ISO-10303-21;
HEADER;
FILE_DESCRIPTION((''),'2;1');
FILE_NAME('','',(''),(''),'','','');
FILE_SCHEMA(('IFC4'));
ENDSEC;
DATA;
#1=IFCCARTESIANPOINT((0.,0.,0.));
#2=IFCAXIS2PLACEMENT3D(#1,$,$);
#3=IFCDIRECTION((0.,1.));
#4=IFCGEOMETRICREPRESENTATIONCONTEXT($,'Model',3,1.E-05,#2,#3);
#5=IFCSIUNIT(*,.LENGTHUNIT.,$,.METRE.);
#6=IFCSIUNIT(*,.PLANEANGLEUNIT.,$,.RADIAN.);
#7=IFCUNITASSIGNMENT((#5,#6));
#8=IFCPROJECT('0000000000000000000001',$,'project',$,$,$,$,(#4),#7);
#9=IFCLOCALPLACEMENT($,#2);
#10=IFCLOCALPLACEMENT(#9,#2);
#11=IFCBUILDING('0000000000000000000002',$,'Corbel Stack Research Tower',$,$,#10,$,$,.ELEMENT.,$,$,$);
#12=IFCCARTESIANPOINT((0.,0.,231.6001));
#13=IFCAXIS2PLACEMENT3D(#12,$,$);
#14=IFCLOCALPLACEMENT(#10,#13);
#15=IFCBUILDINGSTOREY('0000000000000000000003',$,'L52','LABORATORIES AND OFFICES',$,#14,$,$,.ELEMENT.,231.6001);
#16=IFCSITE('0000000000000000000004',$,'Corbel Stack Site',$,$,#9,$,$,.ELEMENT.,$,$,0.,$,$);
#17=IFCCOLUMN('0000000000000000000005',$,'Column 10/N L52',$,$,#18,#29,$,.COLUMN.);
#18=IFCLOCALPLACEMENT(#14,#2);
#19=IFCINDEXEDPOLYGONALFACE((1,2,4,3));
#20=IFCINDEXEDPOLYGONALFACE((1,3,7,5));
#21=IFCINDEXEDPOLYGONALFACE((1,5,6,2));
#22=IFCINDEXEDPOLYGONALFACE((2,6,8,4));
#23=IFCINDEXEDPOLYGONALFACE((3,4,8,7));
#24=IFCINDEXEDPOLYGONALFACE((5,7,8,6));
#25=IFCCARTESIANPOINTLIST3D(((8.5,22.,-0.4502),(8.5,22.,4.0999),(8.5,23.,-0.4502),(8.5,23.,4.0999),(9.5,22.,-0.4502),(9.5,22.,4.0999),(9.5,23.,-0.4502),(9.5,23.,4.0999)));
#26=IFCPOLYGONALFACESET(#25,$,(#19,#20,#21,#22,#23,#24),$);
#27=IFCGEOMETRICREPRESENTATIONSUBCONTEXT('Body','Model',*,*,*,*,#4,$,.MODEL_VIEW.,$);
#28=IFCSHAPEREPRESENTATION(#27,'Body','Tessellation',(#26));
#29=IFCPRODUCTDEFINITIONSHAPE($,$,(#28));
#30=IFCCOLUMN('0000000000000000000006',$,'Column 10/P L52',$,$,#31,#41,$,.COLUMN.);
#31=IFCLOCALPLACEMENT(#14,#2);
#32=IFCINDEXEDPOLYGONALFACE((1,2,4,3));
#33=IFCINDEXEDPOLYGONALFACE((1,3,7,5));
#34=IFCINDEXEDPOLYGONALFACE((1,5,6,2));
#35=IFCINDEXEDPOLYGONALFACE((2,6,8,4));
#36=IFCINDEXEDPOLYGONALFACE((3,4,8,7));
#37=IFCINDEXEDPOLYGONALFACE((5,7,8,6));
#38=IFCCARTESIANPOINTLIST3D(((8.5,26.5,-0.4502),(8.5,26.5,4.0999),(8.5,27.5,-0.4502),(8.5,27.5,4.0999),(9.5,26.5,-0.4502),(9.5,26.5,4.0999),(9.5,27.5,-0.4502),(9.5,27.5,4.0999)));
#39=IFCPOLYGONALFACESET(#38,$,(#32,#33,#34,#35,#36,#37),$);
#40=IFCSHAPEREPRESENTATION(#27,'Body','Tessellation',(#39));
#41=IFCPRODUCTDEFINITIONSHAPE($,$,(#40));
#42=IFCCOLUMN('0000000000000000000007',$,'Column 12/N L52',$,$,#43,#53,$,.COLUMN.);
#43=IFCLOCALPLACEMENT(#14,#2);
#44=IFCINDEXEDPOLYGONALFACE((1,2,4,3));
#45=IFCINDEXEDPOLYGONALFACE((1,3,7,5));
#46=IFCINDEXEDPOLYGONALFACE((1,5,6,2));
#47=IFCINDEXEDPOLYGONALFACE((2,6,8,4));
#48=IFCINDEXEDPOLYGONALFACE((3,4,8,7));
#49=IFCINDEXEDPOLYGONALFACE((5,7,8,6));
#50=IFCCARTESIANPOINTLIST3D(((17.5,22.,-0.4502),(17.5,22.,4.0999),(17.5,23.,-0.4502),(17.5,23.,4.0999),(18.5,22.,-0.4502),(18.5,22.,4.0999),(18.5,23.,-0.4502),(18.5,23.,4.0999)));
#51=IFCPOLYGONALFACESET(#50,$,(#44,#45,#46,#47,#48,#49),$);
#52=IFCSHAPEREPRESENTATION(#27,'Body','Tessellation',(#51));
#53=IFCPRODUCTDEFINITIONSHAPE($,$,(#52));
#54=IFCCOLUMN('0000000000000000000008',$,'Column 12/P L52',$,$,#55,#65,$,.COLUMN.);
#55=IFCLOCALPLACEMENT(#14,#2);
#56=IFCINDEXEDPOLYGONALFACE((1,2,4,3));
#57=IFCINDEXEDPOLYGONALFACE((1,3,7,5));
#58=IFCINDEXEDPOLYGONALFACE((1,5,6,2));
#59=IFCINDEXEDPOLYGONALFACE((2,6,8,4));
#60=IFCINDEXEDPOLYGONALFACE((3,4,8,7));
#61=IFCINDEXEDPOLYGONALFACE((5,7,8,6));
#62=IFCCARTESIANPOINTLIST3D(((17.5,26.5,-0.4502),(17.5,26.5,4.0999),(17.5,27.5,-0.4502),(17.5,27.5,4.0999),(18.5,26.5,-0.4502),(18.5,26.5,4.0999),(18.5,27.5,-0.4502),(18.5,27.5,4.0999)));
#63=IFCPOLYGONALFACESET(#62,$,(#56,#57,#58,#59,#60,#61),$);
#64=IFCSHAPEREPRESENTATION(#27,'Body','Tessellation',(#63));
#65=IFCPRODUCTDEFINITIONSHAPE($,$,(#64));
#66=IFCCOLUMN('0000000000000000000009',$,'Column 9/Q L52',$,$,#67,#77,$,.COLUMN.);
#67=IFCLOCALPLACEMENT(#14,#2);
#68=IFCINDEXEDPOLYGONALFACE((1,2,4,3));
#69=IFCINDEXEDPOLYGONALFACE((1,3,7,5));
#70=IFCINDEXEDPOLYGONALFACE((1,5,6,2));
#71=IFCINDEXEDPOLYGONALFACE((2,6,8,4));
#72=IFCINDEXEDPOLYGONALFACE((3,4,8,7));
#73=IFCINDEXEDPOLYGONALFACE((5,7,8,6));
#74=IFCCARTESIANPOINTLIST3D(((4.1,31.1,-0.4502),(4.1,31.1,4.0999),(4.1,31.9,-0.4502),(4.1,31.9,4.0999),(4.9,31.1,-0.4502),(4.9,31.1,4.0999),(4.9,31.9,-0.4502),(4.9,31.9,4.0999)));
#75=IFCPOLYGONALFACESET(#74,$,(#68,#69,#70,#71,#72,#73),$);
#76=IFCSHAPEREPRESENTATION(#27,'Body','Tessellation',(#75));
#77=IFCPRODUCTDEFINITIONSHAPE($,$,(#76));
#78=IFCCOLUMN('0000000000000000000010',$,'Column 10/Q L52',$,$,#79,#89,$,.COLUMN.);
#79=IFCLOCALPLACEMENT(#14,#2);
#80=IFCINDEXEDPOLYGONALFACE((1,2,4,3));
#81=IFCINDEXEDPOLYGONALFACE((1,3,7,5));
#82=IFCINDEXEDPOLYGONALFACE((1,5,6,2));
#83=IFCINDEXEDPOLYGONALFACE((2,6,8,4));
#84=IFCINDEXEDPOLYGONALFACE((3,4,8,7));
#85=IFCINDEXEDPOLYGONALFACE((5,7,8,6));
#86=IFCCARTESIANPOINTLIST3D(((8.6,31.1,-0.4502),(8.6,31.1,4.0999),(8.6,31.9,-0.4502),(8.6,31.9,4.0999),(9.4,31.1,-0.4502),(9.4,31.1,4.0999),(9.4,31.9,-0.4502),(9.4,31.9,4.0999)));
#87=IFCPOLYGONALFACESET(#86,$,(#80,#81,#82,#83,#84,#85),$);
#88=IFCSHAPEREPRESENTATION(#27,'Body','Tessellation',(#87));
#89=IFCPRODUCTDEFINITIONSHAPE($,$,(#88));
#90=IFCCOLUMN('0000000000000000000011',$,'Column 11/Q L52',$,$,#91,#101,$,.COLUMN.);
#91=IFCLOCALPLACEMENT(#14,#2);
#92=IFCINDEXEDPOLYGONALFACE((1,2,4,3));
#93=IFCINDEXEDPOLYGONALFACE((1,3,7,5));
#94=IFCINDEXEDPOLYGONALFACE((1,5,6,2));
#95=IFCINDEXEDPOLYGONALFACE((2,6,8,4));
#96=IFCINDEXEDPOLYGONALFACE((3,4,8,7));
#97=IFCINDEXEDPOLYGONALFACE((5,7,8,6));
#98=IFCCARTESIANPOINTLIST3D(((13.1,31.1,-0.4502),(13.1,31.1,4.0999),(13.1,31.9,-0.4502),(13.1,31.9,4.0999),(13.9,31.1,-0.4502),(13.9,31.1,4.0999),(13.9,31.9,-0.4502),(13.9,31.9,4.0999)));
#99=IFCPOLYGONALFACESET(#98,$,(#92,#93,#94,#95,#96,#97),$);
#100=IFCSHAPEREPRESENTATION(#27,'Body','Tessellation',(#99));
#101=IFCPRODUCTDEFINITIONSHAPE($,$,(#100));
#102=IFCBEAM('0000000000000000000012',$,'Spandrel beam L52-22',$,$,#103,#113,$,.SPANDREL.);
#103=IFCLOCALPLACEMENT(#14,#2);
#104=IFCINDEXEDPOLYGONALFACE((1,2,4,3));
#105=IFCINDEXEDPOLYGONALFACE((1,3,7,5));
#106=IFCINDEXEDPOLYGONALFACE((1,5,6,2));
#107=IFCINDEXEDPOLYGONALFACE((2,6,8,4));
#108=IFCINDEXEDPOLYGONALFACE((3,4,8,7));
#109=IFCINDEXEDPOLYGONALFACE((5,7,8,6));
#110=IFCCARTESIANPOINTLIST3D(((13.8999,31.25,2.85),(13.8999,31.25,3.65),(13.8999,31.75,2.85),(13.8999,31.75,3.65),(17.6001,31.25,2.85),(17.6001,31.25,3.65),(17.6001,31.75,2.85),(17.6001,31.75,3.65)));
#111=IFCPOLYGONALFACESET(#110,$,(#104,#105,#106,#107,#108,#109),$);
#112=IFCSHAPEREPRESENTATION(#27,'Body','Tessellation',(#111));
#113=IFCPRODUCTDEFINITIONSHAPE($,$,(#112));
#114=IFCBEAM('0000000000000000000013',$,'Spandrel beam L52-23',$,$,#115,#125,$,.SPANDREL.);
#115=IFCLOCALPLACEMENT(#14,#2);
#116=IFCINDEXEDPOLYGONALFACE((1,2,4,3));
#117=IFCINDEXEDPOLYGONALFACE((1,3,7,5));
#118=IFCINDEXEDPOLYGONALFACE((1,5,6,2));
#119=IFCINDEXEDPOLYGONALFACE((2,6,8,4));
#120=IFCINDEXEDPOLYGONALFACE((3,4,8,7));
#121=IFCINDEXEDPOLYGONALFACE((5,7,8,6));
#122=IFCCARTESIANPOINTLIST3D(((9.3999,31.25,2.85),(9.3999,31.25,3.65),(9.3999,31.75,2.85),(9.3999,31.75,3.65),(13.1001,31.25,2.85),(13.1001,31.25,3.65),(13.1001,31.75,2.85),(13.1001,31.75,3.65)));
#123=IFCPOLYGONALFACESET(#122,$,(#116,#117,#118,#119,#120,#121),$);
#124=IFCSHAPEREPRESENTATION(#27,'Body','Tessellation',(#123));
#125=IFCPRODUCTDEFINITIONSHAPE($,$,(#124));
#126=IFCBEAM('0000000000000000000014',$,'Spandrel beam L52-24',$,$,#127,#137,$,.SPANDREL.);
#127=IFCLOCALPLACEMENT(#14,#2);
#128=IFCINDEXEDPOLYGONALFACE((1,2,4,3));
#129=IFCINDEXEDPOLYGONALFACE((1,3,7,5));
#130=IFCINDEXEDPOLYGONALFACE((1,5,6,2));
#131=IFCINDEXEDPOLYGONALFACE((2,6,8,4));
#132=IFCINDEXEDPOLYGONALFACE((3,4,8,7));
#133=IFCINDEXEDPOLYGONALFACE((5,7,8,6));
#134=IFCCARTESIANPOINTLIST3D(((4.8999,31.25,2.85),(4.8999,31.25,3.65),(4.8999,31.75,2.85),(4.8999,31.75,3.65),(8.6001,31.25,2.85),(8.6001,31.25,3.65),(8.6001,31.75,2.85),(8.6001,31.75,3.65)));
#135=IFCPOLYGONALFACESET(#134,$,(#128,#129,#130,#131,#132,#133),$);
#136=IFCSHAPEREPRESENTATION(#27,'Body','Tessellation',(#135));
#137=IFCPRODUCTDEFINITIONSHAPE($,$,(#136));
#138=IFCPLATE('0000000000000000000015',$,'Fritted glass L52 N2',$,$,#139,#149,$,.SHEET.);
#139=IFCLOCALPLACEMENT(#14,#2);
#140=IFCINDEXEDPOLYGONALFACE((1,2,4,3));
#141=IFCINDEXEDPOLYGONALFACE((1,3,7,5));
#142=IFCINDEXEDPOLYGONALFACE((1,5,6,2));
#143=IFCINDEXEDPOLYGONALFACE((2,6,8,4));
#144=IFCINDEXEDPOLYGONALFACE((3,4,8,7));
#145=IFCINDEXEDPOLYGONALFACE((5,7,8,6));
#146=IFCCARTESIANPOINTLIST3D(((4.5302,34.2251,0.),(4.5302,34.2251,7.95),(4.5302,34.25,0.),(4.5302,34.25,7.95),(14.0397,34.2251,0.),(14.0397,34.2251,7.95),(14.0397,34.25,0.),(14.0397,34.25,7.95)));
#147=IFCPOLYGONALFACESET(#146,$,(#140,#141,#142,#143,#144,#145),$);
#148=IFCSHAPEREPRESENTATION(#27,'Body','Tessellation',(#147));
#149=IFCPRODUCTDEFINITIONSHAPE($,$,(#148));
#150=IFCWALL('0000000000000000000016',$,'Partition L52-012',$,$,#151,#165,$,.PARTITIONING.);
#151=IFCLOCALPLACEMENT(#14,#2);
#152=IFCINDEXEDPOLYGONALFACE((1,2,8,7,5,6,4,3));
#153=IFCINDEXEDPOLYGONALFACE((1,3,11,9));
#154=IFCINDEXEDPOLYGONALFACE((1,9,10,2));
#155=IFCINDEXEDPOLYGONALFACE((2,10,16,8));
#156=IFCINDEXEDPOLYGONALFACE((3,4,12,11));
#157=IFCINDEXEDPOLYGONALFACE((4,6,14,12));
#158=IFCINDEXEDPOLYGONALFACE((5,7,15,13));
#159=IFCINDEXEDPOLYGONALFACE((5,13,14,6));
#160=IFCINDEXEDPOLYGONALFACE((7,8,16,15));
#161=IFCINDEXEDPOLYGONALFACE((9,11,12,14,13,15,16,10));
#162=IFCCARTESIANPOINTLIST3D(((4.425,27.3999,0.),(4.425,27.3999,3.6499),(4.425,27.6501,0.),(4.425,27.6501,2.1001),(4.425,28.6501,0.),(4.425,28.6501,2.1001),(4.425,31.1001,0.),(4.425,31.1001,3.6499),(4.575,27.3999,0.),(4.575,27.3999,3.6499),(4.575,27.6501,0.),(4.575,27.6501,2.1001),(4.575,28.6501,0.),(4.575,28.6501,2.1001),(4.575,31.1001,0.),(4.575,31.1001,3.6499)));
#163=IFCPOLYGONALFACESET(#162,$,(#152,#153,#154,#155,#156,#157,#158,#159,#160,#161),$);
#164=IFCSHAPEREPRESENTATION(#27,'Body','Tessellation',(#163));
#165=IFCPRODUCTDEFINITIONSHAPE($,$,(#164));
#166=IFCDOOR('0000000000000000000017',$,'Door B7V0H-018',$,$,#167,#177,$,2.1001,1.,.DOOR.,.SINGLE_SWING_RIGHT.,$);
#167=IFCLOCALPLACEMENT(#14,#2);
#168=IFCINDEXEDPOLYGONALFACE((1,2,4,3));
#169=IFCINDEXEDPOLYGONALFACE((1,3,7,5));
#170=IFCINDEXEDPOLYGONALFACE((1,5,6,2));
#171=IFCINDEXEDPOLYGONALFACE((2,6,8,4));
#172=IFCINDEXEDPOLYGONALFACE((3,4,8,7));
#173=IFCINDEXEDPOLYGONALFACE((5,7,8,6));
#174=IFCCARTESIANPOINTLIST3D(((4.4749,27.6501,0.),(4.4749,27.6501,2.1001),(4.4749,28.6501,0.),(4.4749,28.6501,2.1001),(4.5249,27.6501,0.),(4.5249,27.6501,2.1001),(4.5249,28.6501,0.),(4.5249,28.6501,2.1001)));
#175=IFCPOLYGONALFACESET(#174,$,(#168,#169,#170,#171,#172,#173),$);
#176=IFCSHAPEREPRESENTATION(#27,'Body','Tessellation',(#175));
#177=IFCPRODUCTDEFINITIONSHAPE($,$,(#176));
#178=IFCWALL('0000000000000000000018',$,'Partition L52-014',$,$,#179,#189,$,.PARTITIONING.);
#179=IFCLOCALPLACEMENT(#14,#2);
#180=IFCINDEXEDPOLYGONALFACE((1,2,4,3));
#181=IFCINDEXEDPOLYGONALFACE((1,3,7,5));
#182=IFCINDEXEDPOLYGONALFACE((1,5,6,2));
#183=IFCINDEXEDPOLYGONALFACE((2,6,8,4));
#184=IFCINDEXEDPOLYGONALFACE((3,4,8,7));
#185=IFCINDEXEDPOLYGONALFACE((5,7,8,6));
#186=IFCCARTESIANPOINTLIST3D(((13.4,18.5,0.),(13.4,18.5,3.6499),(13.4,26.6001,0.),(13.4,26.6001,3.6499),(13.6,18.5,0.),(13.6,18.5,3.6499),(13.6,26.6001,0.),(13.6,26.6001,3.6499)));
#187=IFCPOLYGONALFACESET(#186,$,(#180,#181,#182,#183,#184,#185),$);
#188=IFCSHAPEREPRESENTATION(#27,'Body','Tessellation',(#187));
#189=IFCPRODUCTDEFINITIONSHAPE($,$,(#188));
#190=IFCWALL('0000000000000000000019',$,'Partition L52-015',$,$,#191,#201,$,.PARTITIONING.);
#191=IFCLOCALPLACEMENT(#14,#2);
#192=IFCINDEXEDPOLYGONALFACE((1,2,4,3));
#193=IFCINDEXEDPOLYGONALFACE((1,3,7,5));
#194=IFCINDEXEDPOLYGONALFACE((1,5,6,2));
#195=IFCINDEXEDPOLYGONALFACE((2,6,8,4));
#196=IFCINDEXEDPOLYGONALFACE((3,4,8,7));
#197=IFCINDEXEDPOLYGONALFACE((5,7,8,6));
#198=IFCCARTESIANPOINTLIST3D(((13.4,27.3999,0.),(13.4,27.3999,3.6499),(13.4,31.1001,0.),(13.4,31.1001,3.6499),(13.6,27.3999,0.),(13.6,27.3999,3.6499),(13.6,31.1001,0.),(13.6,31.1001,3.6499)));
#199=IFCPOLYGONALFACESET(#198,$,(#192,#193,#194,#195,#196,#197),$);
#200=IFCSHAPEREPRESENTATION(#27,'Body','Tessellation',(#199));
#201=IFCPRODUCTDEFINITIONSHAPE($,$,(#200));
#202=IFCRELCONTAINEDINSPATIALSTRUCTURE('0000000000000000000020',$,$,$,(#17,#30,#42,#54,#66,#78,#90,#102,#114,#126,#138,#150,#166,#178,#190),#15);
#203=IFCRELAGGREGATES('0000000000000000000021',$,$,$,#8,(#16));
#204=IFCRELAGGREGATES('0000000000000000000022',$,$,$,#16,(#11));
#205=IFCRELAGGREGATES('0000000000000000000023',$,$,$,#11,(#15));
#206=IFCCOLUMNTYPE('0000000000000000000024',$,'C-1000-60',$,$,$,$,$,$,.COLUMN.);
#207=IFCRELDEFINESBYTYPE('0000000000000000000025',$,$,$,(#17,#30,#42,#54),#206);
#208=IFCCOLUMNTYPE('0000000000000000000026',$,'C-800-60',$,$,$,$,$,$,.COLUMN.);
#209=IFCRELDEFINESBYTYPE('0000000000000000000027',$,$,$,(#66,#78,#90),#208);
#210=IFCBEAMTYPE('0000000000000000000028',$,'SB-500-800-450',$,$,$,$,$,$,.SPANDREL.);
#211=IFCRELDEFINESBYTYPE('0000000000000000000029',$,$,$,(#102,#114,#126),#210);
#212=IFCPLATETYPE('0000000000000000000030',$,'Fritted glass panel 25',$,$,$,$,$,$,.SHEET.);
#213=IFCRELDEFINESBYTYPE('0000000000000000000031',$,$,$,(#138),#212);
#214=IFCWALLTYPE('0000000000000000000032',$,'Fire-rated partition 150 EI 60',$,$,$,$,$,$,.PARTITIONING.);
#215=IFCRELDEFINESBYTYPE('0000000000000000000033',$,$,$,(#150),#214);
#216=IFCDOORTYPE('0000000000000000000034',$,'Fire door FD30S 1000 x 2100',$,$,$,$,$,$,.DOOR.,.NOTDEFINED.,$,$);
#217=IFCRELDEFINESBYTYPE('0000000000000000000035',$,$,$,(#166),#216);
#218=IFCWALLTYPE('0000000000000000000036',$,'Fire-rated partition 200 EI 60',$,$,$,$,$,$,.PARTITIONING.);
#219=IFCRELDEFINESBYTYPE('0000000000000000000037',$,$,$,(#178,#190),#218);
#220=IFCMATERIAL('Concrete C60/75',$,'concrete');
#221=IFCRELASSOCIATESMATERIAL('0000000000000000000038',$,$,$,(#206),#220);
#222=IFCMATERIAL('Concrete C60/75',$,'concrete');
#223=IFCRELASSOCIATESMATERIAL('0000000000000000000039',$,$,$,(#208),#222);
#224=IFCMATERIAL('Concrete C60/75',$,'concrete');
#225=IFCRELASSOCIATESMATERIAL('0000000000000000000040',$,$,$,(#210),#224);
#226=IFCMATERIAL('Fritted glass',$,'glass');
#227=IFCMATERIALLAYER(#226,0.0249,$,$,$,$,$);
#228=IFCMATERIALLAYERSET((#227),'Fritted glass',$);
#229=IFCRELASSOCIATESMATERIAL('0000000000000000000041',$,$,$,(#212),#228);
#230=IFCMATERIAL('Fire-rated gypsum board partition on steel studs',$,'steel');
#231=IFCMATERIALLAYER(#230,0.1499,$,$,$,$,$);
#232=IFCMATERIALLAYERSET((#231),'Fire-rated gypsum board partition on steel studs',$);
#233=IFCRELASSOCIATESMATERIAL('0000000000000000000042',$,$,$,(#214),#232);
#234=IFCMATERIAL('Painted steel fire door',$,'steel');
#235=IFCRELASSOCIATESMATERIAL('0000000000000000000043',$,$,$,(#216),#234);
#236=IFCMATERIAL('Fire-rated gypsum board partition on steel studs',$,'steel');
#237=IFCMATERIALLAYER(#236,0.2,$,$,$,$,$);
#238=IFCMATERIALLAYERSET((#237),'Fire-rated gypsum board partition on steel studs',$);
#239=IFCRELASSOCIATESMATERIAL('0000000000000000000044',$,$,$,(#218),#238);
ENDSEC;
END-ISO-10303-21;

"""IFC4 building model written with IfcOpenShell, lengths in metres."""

from ifc_helpers import new_model, si_unit, direction, frame, frame_2d, origin, origin_2d, place, context, subcontext, project, spatial, rectangle, extrude, material, layer, layer_set, material_profile, profile_set, type_object, element, fill, save


model = new_model("IFC4")

# Units and contexts
model_context = context("Model", 3, precision=1e-05, world=origin(), true_north=direction((0.0, 1.0)))
body_context = subcontext(model_context, "Body", "Model", "MODEL_VIEW")
ifc_project = project(units=[si_unit("LENGTHUNIT", "METRE"), si_unit("PLANEANGLEUNIT", "RADIAN")], contexts=[model_context])

# Site, building, storey
site_placement = place(None, origin())
site = spatial("IfcSite", under=ifc_project, at=site_placement, Name="Corbel Stack Site", CompositionType="ELEMENT", RefElevation=0.0)
building_placement = place(site_placement, origin())
building = spatial("IfcBuilding", under=site, at=building_placement, Name="Corbel Stack Research Tower", CompositionType="ELEMENT")
storey_placement = place(building_placement, frame((0.0, 0.0, 231.6001)))
storey = spatial("IfcBuildingStorey", under=building, at=storey_placement, Name="L52", Description="LABORATORIES AND OFFICES", CompositionType="ELEMENT", Elevation=231.6001)

# Columns
ifc_material_1 = material(Name="Concrete C60/75", Category="concrete")
ifc_material_profile_1 = material_profile(ifc_material_1, rectangle(XDim=1.0, YDim=1.0, at=origin_2d()), Name="RC 1000 x 1000")
ifc_profile_set_1 = profile_set([ifc_material_profile_1], Name="Concrete C60/75")
column_type_1 = type_object("IfcColumnType", Name="C-1000-60", PredefinedType="COLUMN", material=ifc_profile_set_1)
for number, where, z_axis, x_axis, name in (
    (1, (9.0, 22.5, -0.4502), (0.0, 0.0, 1.0), (1.0, 0.0, 0.0), "Column 10/N L52"),
    (2, (9.0, 27.0, -0.4502), (0.0, 0.0, 1.0), (1.0, 0.0, 0.0), "Column 10/P L52"),
    (3, (18.0, 22.5, -0.4502), (0.0, 0.0, 1.0), (1.0, 0.0, 0.0), "Column 12/N L52"),
    (4, (18.0, 27.0, -0.4502), (0.0, 0.0, 1.0), (1.0, 0.0, 0.0), "Column 12/P L52"),
):
    element("IfcColumn", number, at=place(storey_placement, frame(where, z_axis=z_axis, x_axis=x_axis)), inside=storey, type_object=column_type_1, Name=name, PredefinedType="COLUMN", context=body_context, shape_type="SweptSolid", body=[
        extrude(rectangle(XDim=1.0, YDim=1.0, at=origin_2d()), origin(), (0.0, 0.0, 1.0), 4.55),
    ])
ifc_material_2 = material(Name="Concrete C60/75", Category="concrete")
ifc_material_profile_2 = material_profile(ifc_material_2, rectangle(XDim=0.8, YDim=0.8, at=origin_2d()), Name="RC 800 x 800")
ifc_profile_set_2 = profile_set([ifc_material_profile_2], Name="Concrete C60/75")
column_type_2 = type_object("IfcColumnType", Name="C-800-60", PredefinedType="COLUMN", material=ifc_profile_set_2)
for number, where, z_axis, x_axis, name in (
    (5, (4.5, 31.5, -0.4502), (0.0, 0.0, 1.0), (1.0, 0.0, 0.0), "Column 9/Q L52"),
    (6, (9.0, 31.5, -0.4502), (0.0, 0.0, 1.0), (1.0, 0.0, 0.0), "Column 10/Q L52"),
    (7, (13.5, 31.5, -0.4502), (0.0, 0.0, 1.0), (1.0, 0.0, 0.0), "Column 11/Q L52"),
):
    element("IfcColumn", number, at=place(storey_placement, frame(where, z_axis=z_axis, x_axis=x_axis)), inside=storey, type_object=column_type_2, Name=name, PredefinedType="COLUMN", context=body_context, shape_type="SweptSolid", body=[
        extrude(rectangle(XDim=0.8, YDim=0.8, at=origin_2d()), origin(), (0.0, 0.0, 1.0), 4.55),
    ])

# Beams
ifc_material_3 = material(Name="Concrete C60/75", Category="concrete")
ifc_material_profile_3 = material_profile(ifc_material_3, rectangle(XDim=0.5, YDim=0.8, at=origin_2d()), Name="RC 500 x 800")
ifc_profile_set_3 = profile_set([ifc_material_profile_3], Name="Concrete C60/75")
beam_type = type_object("IfcBeamType", Name="SB-500-800-450", PredefinedType="SPANDREL", material=ifc_profile_set_3)
for number, where, z_axis, x_axis, name in (
    (8, (17.6001, 31.5, 3.25), (-1.0, 0.0, 0.0), (0.0, -1.0, 0.0), "Spandrel beam L52-22"),
    (9, (13.1001, 31.5, 3.25), (-1.0, 0.0, 0.0), (0.0, -1.0, 0.0), "Spandrel beam L52-23"),
    (10, (8.6001, 31.5, 3.25), (-1.0, 0.0, 0.0), (0.0, -1.0, 0.0), "Spandrel beam L52-24"),
):
    element("IfcBeam", number, at=place(storey_placement, frame(where, z_axis=z_axis, x_axis=x_axis)), inside=storey, type_object=beam_type, Name=name, PredefinedType="SPANDREL", context=body_context, shape_type="SweptSolid", body=[
        extrude(rectangle(XDim=0.5, YDim=0.8, at=origin_2d()), origin(), (0.0, 0.0, 1.0), 3.7002),
    ])

# Plate
ifc_material_4 = material(Name="Fritted glass", Category="glass")
ifc_layer_1 = layer(ifc_material_4, 0.0249)
ifc_layer_set_1 = layer_set([ifc_layer_1], Name="Fritted glass")
plate_type = type_object("IfcPlateType", Name="Fritted glass panel 25", PredefinedType="SHEET", material=ifc_layer_set_1)
plate_placement = place(storey_placement, frame((9.2849, 34.2375, 0.0), z_axis=(0.0, 0.0, 1.0), x_axis=(-1.0, 0.0, 0.0)))
element("IfcPlate", 11, at=plate_placement, inside=storey, type_object=plate_type, Name="Fritted glass L52 N2", PredefinedType="SHEET", context=body_context, shape_type="SweptSolid", body=[
    extrude(rectangle(XDim=9.5095, YDim=0.0249, at=origin_2d()), origin(), (0.0, 0.0, 1.0), 7.95),
])

# Wall, opening, door
ifc_material_5 = material(Name="Fire-rated gypsum board partition on steel studs", Category="steel")
ifc_layer_2 = layer(ifc_material_5, 0.1499)
ifc_layer_set_2 = layer_set([ifc_layer_2], Name="Fire-rated gypsum board partition on steel studs")
wall_type_1 = type_object("IfcWallType", Name="Fire-rated partition 150 EI 60", PredefinedType="PARTITIONING", material=ifc_layer_set_2)
wall_1_placement = place(storey_placement, frame((4.5, 31.1001, 0.0), z_axis=(0.0, 0.0, 1.0), x_axis=(0.0, -1.0, 0.0)))
wall_1 = element("IfcWall", 12, at=wall_1_placement, inside=storey, type_object=wall_type_1, Name="Partition L52-012", PredefinedType="PARTITIONING", context=body_context, shape_type="SweptSolid", body=[
    extrude(rectangle(XDim=3.7002, YDim=0.1499, at=frame_2d((1.8501, 0.0))), origin(), (0.0, 0.0, 1.0), 3.6499),
])
opening_1_placement = place(wall_1_placement, frame((2.45, 0.0, 0.0)))
opening_1 = element("IfcOpeningElement", 13, at=opening_1_placement, cuts=wall_1, PredefinedType="OPENING", context=body_context, shape_type="SweptSolid", body=[
    extrude(rectangle(XDim=1.0, YDim=2.1001, at=frame_2d((0.5, 1.05))), frame((0.0, 0.085, 0.0), z_axis=(0.0, -1.0, 0.0), x_axis=(1.0, 0.0, 0.0)), (0.0, 0.0, 1.0), 0.1699),
])
ifc_material_6 = material(Name="Painted steel fire door", Category="steel")
door_type_1 = type_object("IfcDoorType", Name="Fire door FD30S 1000 x 2100", OperationType="NOTDEFINED", PredefinedType="DOOR", material=ifc_material_6)
door_1_placement = place(opening_1_placement, origin())
door_1 = element("IfcDoor", 14, at=door_1_placement, inside=storey, type_object=door_type_1, Name="Door B7V0H-018", OperationType="SINGLE_SWING_RIGHT", OverallHeight=2.1001, OverallWidth=1.0, PredefinedType="DOOR", context=body_context, shape_type="SweptSolid", body=[
    extrude(rectangle(XDim=1.0, YDim=2.1001, at=frame_2d((0.5, 1.05))), frame((0.0, 0.0249, 0.0), z_axis=(0.0, -1.0, 0.0), x_axis=(1.0, 0.0, 0.0)), (0.0, 0.0, 1.0), 0.05),
])
fill(opening_1, door_1)

# Walls
ifc_material_7 = material(Name="Fire-rated gypsum board partition on steel studs", Category="steel")
ifc_layer_3 = layer(ifc_material_7, 0.2)
ifc_layer_set_3 = layer_set([ifc_layer_3], Name="Fire-rated gypsum board partition on steel studs")
wall_type_2 = type_object("IfcWallType", Name="Fire-rated partition 200 EI 60", PredefinedType="PARTITIONING", material=ifc_layer_set_3)
wall_2_placement = place(storey_placement, frame((13.5, 18.5, 0.0), z_axis=(0.0, 0.0, 1.0), x_axis=(0.0, 1.0, 0.0)))
element("IfcWall", 15, at=wall_2_placement, inside=storey, type_object=wall_type_2, Name="Partition L52-014", PredefinedType="PARTITIONING", context=body_context, shape_type="SweptSolid", body=[
    extrude(rectangle(XDim=8.1001, YDim=0.2, at=frame_2d((4.05, 0.0))), origin(), (0.0, 0.0, 1.0), 3.6499),
])
wall_3_placement = place(storey_placement, frame((13.5, 27.3999, 0.0), z_axis=(0.0, 0.0, 1.0), x_axis=(0.0, 1.0, 0.0)))
element("IfcWall", 16, at=wall_3_placement, inside=storey, type_object=wall_type_2, Name="Partition L52-015", PredefinedType="PARTITIONING", context=body_context, shape_type="SweptSolid", body=[
    extrude(rectangle(XDim=3.7002, YDim=0.2, at=frame_2d((1.8501, 0.0))), origin(), (0.0, 0.0, 1.0), 3.6499),
])

save(model, "model.ifc")
